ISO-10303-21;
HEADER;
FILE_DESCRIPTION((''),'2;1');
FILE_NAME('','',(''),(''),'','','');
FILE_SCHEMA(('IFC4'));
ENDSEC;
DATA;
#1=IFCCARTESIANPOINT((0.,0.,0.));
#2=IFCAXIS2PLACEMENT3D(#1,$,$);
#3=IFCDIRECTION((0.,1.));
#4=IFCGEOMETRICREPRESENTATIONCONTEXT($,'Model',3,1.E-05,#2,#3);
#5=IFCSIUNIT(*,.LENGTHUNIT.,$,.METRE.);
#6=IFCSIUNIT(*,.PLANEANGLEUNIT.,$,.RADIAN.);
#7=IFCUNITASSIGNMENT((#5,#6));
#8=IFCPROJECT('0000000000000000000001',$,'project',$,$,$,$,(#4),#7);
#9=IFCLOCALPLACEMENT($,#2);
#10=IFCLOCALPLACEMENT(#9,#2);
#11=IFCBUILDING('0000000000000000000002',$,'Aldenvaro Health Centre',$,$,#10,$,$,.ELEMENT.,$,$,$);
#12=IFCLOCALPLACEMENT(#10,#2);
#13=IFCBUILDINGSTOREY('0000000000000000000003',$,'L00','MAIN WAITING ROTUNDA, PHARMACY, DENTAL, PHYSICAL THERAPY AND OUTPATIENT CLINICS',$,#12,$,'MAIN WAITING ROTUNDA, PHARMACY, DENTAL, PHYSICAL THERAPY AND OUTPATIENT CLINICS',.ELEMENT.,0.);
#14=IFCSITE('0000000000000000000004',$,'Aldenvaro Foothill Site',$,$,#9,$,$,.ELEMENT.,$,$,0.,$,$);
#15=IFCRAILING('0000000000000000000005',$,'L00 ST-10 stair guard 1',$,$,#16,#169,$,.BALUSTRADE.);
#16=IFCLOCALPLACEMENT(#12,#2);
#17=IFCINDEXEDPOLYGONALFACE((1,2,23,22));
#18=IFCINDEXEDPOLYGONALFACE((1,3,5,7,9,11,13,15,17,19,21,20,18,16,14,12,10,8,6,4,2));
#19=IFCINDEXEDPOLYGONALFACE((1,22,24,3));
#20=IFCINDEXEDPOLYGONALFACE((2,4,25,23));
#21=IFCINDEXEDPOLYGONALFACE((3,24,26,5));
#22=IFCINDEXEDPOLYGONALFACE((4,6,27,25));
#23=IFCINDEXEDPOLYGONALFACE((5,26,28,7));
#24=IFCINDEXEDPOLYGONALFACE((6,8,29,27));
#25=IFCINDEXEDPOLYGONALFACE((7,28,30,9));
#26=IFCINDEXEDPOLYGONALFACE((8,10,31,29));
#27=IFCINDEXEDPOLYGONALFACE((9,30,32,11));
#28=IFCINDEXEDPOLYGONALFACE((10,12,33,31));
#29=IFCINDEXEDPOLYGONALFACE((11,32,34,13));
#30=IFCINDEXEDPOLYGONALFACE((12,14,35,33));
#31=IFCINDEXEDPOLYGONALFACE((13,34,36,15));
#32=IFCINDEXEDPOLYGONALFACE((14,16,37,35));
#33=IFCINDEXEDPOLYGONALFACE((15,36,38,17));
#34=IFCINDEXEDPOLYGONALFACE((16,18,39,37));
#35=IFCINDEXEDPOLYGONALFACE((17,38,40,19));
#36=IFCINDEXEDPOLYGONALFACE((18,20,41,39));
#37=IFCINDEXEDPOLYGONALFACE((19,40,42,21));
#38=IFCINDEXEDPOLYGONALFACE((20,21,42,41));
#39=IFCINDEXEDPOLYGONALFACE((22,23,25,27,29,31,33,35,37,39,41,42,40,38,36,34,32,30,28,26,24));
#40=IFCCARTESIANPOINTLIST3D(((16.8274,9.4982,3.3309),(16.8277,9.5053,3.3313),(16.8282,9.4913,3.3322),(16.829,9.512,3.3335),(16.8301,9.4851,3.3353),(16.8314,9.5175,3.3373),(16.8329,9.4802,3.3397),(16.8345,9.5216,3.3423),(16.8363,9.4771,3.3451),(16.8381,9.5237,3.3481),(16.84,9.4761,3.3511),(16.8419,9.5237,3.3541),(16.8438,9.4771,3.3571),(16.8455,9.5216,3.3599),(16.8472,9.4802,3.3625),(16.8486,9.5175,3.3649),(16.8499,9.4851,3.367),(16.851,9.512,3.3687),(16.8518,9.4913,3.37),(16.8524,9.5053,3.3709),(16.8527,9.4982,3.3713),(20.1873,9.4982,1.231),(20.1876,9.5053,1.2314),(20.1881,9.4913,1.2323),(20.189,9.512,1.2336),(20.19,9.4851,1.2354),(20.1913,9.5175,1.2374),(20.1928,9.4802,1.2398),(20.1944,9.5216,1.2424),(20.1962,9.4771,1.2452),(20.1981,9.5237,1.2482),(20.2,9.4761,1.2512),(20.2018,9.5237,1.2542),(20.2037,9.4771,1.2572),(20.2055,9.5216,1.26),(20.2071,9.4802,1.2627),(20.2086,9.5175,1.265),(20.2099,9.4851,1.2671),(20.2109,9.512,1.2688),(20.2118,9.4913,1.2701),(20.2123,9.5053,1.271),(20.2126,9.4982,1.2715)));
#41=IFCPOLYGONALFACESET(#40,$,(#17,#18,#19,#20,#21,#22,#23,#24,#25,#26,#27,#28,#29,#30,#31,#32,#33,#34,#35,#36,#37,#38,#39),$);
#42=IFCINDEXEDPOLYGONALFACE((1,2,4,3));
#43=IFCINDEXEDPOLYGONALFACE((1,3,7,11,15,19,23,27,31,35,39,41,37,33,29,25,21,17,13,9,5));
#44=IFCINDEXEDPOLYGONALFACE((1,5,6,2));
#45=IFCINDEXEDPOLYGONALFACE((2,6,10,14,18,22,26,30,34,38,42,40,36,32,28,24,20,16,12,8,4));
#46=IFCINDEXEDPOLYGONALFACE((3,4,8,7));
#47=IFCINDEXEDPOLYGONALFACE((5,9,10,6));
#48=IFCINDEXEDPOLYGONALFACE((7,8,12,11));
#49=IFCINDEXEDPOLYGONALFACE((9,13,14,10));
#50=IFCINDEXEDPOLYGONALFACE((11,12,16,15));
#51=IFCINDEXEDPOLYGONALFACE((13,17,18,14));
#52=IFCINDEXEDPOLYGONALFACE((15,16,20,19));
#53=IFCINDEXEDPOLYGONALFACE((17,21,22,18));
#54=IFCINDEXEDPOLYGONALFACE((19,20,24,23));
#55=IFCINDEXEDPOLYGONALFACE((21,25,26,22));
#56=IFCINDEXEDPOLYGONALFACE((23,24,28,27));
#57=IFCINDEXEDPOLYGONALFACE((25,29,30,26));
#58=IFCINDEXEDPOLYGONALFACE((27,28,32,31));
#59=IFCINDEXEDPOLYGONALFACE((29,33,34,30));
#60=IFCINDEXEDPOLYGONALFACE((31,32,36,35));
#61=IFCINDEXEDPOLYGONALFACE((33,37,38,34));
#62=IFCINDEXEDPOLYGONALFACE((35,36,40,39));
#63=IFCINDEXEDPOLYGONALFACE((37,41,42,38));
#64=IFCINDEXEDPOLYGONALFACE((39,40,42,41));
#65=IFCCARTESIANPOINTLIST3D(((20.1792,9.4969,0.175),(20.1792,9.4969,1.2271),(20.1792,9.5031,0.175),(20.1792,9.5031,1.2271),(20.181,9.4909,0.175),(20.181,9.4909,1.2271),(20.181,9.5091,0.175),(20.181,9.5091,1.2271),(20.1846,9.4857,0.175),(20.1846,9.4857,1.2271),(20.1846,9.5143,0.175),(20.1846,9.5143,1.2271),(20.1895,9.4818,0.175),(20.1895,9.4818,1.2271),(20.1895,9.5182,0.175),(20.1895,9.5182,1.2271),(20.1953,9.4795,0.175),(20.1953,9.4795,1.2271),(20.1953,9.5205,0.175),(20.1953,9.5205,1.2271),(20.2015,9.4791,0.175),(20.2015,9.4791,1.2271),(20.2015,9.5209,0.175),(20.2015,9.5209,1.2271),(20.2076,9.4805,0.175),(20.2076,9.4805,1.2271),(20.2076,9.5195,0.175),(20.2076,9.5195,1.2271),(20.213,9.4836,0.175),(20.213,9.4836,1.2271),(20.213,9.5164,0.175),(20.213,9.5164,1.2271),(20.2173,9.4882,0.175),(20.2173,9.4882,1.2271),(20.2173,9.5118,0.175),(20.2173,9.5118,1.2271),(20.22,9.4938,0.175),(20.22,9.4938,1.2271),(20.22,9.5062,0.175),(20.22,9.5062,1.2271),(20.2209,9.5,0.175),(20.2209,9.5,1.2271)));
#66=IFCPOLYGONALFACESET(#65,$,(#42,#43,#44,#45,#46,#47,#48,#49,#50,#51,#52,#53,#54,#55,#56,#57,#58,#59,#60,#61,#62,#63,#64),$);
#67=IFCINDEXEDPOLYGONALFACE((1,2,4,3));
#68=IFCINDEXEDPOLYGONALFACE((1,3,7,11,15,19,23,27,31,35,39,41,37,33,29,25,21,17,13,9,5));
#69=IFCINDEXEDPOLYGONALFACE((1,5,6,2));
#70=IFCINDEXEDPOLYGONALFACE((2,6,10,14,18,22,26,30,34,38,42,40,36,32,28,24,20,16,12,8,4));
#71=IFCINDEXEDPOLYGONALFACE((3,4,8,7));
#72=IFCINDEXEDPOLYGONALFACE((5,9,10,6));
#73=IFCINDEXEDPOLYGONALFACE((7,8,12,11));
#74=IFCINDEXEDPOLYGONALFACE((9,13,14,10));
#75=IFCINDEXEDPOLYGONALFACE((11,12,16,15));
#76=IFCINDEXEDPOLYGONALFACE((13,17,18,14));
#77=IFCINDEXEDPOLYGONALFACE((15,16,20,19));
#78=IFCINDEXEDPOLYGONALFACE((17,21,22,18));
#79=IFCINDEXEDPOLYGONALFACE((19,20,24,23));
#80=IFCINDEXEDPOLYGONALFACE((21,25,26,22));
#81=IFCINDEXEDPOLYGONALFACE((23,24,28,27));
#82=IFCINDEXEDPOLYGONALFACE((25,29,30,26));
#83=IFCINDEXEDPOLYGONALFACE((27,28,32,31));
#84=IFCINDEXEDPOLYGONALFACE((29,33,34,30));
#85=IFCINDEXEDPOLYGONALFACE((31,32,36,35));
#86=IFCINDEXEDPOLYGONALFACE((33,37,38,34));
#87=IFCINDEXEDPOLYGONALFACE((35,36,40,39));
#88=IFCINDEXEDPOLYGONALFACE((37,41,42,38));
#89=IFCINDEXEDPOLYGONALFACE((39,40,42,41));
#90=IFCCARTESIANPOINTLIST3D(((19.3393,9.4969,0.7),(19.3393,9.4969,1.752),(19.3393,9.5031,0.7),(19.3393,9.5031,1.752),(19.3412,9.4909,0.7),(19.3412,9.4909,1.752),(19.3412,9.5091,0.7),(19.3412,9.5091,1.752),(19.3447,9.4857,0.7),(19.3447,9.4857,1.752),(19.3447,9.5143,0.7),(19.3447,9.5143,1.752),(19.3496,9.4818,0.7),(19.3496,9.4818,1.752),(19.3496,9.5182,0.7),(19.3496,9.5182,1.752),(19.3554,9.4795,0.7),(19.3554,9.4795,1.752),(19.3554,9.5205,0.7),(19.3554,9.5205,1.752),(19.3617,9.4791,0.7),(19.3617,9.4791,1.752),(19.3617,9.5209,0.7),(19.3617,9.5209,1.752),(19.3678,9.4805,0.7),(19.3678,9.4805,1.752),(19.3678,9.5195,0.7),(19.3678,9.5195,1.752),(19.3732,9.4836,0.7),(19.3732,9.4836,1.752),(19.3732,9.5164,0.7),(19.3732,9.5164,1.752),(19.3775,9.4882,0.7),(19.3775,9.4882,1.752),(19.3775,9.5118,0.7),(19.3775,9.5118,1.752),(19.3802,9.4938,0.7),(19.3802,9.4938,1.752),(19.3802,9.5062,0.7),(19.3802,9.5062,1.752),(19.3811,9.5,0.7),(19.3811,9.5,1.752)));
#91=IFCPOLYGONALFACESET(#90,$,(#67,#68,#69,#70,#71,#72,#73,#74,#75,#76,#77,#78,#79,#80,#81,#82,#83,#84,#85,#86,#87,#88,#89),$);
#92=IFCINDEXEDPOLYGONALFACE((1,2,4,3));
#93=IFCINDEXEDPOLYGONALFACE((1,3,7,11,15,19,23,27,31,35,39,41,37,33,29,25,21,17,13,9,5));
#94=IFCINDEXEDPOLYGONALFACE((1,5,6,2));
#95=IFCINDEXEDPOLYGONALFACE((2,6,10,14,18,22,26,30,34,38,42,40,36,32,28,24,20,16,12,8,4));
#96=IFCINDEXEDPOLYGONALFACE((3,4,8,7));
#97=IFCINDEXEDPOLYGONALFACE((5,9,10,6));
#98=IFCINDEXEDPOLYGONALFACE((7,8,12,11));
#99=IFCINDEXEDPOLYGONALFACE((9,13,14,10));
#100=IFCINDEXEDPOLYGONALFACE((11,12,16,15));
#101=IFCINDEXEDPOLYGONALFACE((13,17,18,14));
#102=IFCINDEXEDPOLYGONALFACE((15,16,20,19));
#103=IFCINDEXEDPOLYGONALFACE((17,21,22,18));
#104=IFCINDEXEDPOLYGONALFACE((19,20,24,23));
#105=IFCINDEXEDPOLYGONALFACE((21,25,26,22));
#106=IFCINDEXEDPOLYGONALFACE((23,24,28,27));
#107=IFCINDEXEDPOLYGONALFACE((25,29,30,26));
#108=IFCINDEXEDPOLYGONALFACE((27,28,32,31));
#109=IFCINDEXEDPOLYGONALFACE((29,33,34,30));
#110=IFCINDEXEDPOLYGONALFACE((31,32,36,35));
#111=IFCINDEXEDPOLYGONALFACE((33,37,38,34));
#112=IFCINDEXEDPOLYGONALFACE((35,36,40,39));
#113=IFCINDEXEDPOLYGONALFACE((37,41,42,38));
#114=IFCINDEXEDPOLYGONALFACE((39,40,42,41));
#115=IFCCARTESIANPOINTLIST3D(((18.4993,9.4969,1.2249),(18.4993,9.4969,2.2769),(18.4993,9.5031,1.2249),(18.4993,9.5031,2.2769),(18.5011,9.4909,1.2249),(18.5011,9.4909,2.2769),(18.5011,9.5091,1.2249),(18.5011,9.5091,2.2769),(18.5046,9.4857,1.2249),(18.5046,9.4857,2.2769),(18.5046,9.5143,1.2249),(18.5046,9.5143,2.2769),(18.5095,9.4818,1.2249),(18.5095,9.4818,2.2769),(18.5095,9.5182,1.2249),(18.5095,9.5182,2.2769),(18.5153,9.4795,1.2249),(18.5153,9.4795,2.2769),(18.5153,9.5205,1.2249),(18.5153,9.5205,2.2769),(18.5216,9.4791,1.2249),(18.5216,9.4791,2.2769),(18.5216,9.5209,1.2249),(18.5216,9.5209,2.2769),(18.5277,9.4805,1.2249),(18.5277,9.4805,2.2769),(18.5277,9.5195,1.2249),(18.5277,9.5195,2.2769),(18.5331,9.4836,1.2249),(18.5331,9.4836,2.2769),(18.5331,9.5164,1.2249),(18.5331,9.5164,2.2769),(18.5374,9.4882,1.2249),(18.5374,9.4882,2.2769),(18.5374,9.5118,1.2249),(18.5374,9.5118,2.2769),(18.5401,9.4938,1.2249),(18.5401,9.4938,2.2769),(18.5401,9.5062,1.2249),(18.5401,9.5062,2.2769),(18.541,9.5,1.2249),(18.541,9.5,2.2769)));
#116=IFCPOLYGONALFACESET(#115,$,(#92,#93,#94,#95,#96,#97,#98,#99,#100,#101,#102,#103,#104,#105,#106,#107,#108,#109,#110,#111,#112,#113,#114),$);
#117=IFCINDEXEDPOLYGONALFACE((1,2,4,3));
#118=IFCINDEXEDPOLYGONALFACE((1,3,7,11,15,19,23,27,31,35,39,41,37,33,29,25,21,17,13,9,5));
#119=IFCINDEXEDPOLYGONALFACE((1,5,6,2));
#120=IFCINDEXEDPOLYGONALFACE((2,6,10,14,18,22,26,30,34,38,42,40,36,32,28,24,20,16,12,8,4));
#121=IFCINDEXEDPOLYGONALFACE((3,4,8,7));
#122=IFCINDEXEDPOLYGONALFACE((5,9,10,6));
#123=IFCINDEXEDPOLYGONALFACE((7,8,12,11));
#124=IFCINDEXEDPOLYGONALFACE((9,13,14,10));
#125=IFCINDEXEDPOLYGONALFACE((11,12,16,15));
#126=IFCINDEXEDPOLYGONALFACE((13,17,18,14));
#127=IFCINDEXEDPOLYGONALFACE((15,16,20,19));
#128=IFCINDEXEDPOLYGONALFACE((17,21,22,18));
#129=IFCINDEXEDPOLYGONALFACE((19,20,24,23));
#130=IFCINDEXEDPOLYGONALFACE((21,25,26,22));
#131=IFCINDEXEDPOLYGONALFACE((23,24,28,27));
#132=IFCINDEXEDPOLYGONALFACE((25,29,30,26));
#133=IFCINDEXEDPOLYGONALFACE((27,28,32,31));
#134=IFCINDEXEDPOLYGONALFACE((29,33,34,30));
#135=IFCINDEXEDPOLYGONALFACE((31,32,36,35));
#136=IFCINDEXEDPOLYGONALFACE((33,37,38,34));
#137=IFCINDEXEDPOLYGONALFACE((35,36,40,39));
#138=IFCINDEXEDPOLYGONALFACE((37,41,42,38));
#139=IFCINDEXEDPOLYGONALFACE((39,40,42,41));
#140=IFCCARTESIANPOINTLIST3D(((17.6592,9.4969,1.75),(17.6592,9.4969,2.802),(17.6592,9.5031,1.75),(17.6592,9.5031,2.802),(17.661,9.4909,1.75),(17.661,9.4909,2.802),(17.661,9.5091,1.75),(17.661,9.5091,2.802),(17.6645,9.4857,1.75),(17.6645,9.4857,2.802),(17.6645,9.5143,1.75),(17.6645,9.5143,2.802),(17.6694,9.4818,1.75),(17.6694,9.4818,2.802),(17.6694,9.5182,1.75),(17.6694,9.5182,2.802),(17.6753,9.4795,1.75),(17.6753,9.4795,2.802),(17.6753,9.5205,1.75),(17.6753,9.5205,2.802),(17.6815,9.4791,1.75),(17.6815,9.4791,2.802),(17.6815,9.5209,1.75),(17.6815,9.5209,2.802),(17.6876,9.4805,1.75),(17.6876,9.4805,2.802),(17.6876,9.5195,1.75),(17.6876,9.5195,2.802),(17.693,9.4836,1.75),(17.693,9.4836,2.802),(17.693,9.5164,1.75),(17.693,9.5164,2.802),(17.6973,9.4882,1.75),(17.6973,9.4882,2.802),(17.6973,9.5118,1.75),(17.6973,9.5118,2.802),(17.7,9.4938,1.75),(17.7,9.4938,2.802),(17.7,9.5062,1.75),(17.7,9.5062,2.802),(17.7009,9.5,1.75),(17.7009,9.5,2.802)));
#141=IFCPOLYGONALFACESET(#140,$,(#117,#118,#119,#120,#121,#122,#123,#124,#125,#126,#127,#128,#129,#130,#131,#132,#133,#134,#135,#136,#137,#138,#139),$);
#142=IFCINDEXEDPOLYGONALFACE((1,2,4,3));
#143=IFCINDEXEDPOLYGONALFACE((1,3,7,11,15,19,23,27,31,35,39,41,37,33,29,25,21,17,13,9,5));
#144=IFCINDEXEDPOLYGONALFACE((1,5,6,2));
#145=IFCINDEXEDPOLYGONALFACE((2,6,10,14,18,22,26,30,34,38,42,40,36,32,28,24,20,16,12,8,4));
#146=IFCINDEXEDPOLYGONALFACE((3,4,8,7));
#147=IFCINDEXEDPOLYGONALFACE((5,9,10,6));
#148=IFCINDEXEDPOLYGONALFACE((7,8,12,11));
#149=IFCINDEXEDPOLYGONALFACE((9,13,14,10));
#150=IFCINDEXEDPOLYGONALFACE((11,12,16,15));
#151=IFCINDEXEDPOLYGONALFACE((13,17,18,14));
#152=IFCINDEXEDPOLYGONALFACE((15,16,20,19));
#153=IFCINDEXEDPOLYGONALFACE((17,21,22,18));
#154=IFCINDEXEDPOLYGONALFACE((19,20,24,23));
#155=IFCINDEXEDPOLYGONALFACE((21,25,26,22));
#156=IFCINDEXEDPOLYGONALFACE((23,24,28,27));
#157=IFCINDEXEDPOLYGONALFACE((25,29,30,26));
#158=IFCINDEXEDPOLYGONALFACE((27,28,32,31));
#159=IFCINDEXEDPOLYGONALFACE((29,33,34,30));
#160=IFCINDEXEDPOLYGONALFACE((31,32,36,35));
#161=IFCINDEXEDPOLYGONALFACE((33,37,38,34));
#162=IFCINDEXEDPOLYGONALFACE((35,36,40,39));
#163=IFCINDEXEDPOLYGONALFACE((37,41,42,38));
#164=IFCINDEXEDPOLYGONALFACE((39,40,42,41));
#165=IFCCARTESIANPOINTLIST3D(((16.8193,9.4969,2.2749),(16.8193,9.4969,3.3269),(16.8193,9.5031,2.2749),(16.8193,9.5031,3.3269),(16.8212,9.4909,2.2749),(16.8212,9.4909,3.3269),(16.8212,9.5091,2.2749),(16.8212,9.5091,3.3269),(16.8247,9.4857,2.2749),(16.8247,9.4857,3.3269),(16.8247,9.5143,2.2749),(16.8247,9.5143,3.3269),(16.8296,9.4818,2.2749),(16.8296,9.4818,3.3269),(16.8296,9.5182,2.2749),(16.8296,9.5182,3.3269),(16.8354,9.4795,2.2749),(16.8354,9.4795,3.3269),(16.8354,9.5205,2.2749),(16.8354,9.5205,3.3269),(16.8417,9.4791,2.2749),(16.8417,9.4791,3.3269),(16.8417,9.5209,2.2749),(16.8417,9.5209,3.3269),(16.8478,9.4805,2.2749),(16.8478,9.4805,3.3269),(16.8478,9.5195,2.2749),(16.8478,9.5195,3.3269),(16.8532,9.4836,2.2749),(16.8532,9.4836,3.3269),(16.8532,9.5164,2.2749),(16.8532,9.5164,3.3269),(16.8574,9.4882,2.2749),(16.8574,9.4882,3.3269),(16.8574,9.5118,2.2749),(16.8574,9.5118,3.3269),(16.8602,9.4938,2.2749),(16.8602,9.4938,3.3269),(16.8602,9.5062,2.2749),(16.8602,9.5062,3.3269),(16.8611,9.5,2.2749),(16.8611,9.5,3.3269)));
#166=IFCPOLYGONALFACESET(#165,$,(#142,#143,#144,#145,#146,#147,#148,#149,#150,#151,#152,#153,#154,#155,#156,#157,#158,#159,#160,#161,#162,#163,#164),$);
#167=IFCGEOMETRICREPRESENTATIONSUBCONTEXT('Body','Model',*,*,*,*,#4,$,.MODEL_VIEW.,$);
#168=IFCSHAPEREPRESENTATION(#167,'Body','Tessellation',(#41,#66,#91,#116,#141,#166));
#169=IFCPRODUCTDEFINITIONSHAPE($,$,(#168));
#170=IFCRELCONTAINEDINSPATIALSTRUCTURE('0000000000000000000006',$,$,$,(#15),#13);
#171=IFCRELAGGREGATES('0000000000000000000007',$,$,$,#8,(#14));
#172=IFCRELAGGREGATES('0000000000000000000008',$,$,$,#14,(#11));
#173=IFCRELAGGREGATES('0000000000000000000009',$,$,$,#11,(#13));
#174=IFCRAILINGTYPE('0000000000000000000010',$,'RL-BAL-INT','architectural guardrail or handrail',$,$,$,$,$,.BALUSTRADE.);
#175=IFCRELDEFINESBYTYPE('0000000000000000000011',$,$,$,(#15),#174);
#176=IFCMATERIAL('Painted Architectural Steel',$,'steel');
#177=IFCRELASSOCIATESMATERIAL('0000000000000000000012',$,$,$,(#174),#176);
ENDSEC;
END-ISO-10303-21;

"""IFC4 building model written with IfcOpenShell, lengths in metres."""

from ifc_helpers import new_model, si_unit, direction, frame, origin, origin_2d, place, context, subcontext, project, spatial, circle, extrude, material, type_object, element, save


model = new_model("IFC4")

# Units and contexts
model_context = context("Model", 3, precision=1e-05, world=origin(), true_north=direction((0.0, 1.0)))
body_context = subcontext(model_context, "Body", "Model", "MODEL_VIEW")
ifc_project = project(units=[si_unit("LENGTHUNIT", "METRE"), si_unit("PLANEANGLEUNIT", "RADIAN")], contexts=[model_context])

# Site, building, storey
site_placement = place(None, origin())
site = spatial("IfcSite", under=ifc_project, at=site_placement, Name="Aldenvaro Foothill Site", CompositionType="ELEMENT", RefElevation=0.0)
building_placement = place(site_placement, origin())
building = spatial("IfcBuilding", under=site, at=building_placement, Name="Aldenvaro Health Centre", CompositionType="ELEMENT")
storey_placement = place(building_placement, origin())
storey = spatial("IfcBuildingStorey", under=building, at=storey_placement, Name="L00", Description="MAIN WAITING ROTUNDA, PHARMACY, DENTAL, PHYSICAL THERAPY AND OUTPATIENT CLINICS", LongName="MAIN WAITING ROTUNDA, PHARMACY, DENTAL, PHYSICAL THERAPY AND OUTPATIENT CLINICS", CompositionType="ELEMENT", Elevation=0.0)

# Railing
ifc_material_1 = material(Name="Painted Architectural Steel", Category="steel")
railing_type_1 = type_object("IfcRailingType", Name="RL-BAL-INT", Description="architectural guardrail or handrail", PredefinedType="BALUSTRADE", material=ifc_material_1)
railing_1_placement = place(storey_placement, frame((20.2, 9.5, 0.175)))
element("IfcRailing", 1, at=railing_1_placement, inside=storey, type_object=railing_type_1, Name="L00 ST-10 stair guard 1", PredefinedType="BALUSTRADE", context=body_context, shape_type="SweptSolid", body=[
    extrude(circle(Radius=0.0239, at=origin_2d()), frame((0.0, 0.0, 1.0762), z_axis=(-0.848005, 0.0, 0.529988), x_axis=(0.0, -1.0, 0.0)), (0.0, 0.0, 1.0), 3.9622),
    extrude(circle(Radius=0.021, at=origin_2d()), origin(), (0.0, 0.0, 1.0), 1.052),
    extrude(circle(Radius=0.021, at=origin_2d()), frame((-0.8398, 0.0, 0.5249)), (0.0, 0.0, 1.0), 1.052),
    extrude(circle(Radius=0.021, at=origin_2d()), frame((-1.6799, 0.0, 1.0498)), (0.0, 0.0, 1.0), 1.052),
    extrude(circle(Radius=0.021, at=origin_2d()), frame((-2.52, 0.0, 1.575)), (0.0, 0.0, 1.0), 1.052),
    extrude(circle(Radius=0.021, at=origin_2d()), frame((-3.3599, 0.0, 2.0999)), (0.0, 0.0, 1.0), 1.052),
])

save(model, "model.ifc")
